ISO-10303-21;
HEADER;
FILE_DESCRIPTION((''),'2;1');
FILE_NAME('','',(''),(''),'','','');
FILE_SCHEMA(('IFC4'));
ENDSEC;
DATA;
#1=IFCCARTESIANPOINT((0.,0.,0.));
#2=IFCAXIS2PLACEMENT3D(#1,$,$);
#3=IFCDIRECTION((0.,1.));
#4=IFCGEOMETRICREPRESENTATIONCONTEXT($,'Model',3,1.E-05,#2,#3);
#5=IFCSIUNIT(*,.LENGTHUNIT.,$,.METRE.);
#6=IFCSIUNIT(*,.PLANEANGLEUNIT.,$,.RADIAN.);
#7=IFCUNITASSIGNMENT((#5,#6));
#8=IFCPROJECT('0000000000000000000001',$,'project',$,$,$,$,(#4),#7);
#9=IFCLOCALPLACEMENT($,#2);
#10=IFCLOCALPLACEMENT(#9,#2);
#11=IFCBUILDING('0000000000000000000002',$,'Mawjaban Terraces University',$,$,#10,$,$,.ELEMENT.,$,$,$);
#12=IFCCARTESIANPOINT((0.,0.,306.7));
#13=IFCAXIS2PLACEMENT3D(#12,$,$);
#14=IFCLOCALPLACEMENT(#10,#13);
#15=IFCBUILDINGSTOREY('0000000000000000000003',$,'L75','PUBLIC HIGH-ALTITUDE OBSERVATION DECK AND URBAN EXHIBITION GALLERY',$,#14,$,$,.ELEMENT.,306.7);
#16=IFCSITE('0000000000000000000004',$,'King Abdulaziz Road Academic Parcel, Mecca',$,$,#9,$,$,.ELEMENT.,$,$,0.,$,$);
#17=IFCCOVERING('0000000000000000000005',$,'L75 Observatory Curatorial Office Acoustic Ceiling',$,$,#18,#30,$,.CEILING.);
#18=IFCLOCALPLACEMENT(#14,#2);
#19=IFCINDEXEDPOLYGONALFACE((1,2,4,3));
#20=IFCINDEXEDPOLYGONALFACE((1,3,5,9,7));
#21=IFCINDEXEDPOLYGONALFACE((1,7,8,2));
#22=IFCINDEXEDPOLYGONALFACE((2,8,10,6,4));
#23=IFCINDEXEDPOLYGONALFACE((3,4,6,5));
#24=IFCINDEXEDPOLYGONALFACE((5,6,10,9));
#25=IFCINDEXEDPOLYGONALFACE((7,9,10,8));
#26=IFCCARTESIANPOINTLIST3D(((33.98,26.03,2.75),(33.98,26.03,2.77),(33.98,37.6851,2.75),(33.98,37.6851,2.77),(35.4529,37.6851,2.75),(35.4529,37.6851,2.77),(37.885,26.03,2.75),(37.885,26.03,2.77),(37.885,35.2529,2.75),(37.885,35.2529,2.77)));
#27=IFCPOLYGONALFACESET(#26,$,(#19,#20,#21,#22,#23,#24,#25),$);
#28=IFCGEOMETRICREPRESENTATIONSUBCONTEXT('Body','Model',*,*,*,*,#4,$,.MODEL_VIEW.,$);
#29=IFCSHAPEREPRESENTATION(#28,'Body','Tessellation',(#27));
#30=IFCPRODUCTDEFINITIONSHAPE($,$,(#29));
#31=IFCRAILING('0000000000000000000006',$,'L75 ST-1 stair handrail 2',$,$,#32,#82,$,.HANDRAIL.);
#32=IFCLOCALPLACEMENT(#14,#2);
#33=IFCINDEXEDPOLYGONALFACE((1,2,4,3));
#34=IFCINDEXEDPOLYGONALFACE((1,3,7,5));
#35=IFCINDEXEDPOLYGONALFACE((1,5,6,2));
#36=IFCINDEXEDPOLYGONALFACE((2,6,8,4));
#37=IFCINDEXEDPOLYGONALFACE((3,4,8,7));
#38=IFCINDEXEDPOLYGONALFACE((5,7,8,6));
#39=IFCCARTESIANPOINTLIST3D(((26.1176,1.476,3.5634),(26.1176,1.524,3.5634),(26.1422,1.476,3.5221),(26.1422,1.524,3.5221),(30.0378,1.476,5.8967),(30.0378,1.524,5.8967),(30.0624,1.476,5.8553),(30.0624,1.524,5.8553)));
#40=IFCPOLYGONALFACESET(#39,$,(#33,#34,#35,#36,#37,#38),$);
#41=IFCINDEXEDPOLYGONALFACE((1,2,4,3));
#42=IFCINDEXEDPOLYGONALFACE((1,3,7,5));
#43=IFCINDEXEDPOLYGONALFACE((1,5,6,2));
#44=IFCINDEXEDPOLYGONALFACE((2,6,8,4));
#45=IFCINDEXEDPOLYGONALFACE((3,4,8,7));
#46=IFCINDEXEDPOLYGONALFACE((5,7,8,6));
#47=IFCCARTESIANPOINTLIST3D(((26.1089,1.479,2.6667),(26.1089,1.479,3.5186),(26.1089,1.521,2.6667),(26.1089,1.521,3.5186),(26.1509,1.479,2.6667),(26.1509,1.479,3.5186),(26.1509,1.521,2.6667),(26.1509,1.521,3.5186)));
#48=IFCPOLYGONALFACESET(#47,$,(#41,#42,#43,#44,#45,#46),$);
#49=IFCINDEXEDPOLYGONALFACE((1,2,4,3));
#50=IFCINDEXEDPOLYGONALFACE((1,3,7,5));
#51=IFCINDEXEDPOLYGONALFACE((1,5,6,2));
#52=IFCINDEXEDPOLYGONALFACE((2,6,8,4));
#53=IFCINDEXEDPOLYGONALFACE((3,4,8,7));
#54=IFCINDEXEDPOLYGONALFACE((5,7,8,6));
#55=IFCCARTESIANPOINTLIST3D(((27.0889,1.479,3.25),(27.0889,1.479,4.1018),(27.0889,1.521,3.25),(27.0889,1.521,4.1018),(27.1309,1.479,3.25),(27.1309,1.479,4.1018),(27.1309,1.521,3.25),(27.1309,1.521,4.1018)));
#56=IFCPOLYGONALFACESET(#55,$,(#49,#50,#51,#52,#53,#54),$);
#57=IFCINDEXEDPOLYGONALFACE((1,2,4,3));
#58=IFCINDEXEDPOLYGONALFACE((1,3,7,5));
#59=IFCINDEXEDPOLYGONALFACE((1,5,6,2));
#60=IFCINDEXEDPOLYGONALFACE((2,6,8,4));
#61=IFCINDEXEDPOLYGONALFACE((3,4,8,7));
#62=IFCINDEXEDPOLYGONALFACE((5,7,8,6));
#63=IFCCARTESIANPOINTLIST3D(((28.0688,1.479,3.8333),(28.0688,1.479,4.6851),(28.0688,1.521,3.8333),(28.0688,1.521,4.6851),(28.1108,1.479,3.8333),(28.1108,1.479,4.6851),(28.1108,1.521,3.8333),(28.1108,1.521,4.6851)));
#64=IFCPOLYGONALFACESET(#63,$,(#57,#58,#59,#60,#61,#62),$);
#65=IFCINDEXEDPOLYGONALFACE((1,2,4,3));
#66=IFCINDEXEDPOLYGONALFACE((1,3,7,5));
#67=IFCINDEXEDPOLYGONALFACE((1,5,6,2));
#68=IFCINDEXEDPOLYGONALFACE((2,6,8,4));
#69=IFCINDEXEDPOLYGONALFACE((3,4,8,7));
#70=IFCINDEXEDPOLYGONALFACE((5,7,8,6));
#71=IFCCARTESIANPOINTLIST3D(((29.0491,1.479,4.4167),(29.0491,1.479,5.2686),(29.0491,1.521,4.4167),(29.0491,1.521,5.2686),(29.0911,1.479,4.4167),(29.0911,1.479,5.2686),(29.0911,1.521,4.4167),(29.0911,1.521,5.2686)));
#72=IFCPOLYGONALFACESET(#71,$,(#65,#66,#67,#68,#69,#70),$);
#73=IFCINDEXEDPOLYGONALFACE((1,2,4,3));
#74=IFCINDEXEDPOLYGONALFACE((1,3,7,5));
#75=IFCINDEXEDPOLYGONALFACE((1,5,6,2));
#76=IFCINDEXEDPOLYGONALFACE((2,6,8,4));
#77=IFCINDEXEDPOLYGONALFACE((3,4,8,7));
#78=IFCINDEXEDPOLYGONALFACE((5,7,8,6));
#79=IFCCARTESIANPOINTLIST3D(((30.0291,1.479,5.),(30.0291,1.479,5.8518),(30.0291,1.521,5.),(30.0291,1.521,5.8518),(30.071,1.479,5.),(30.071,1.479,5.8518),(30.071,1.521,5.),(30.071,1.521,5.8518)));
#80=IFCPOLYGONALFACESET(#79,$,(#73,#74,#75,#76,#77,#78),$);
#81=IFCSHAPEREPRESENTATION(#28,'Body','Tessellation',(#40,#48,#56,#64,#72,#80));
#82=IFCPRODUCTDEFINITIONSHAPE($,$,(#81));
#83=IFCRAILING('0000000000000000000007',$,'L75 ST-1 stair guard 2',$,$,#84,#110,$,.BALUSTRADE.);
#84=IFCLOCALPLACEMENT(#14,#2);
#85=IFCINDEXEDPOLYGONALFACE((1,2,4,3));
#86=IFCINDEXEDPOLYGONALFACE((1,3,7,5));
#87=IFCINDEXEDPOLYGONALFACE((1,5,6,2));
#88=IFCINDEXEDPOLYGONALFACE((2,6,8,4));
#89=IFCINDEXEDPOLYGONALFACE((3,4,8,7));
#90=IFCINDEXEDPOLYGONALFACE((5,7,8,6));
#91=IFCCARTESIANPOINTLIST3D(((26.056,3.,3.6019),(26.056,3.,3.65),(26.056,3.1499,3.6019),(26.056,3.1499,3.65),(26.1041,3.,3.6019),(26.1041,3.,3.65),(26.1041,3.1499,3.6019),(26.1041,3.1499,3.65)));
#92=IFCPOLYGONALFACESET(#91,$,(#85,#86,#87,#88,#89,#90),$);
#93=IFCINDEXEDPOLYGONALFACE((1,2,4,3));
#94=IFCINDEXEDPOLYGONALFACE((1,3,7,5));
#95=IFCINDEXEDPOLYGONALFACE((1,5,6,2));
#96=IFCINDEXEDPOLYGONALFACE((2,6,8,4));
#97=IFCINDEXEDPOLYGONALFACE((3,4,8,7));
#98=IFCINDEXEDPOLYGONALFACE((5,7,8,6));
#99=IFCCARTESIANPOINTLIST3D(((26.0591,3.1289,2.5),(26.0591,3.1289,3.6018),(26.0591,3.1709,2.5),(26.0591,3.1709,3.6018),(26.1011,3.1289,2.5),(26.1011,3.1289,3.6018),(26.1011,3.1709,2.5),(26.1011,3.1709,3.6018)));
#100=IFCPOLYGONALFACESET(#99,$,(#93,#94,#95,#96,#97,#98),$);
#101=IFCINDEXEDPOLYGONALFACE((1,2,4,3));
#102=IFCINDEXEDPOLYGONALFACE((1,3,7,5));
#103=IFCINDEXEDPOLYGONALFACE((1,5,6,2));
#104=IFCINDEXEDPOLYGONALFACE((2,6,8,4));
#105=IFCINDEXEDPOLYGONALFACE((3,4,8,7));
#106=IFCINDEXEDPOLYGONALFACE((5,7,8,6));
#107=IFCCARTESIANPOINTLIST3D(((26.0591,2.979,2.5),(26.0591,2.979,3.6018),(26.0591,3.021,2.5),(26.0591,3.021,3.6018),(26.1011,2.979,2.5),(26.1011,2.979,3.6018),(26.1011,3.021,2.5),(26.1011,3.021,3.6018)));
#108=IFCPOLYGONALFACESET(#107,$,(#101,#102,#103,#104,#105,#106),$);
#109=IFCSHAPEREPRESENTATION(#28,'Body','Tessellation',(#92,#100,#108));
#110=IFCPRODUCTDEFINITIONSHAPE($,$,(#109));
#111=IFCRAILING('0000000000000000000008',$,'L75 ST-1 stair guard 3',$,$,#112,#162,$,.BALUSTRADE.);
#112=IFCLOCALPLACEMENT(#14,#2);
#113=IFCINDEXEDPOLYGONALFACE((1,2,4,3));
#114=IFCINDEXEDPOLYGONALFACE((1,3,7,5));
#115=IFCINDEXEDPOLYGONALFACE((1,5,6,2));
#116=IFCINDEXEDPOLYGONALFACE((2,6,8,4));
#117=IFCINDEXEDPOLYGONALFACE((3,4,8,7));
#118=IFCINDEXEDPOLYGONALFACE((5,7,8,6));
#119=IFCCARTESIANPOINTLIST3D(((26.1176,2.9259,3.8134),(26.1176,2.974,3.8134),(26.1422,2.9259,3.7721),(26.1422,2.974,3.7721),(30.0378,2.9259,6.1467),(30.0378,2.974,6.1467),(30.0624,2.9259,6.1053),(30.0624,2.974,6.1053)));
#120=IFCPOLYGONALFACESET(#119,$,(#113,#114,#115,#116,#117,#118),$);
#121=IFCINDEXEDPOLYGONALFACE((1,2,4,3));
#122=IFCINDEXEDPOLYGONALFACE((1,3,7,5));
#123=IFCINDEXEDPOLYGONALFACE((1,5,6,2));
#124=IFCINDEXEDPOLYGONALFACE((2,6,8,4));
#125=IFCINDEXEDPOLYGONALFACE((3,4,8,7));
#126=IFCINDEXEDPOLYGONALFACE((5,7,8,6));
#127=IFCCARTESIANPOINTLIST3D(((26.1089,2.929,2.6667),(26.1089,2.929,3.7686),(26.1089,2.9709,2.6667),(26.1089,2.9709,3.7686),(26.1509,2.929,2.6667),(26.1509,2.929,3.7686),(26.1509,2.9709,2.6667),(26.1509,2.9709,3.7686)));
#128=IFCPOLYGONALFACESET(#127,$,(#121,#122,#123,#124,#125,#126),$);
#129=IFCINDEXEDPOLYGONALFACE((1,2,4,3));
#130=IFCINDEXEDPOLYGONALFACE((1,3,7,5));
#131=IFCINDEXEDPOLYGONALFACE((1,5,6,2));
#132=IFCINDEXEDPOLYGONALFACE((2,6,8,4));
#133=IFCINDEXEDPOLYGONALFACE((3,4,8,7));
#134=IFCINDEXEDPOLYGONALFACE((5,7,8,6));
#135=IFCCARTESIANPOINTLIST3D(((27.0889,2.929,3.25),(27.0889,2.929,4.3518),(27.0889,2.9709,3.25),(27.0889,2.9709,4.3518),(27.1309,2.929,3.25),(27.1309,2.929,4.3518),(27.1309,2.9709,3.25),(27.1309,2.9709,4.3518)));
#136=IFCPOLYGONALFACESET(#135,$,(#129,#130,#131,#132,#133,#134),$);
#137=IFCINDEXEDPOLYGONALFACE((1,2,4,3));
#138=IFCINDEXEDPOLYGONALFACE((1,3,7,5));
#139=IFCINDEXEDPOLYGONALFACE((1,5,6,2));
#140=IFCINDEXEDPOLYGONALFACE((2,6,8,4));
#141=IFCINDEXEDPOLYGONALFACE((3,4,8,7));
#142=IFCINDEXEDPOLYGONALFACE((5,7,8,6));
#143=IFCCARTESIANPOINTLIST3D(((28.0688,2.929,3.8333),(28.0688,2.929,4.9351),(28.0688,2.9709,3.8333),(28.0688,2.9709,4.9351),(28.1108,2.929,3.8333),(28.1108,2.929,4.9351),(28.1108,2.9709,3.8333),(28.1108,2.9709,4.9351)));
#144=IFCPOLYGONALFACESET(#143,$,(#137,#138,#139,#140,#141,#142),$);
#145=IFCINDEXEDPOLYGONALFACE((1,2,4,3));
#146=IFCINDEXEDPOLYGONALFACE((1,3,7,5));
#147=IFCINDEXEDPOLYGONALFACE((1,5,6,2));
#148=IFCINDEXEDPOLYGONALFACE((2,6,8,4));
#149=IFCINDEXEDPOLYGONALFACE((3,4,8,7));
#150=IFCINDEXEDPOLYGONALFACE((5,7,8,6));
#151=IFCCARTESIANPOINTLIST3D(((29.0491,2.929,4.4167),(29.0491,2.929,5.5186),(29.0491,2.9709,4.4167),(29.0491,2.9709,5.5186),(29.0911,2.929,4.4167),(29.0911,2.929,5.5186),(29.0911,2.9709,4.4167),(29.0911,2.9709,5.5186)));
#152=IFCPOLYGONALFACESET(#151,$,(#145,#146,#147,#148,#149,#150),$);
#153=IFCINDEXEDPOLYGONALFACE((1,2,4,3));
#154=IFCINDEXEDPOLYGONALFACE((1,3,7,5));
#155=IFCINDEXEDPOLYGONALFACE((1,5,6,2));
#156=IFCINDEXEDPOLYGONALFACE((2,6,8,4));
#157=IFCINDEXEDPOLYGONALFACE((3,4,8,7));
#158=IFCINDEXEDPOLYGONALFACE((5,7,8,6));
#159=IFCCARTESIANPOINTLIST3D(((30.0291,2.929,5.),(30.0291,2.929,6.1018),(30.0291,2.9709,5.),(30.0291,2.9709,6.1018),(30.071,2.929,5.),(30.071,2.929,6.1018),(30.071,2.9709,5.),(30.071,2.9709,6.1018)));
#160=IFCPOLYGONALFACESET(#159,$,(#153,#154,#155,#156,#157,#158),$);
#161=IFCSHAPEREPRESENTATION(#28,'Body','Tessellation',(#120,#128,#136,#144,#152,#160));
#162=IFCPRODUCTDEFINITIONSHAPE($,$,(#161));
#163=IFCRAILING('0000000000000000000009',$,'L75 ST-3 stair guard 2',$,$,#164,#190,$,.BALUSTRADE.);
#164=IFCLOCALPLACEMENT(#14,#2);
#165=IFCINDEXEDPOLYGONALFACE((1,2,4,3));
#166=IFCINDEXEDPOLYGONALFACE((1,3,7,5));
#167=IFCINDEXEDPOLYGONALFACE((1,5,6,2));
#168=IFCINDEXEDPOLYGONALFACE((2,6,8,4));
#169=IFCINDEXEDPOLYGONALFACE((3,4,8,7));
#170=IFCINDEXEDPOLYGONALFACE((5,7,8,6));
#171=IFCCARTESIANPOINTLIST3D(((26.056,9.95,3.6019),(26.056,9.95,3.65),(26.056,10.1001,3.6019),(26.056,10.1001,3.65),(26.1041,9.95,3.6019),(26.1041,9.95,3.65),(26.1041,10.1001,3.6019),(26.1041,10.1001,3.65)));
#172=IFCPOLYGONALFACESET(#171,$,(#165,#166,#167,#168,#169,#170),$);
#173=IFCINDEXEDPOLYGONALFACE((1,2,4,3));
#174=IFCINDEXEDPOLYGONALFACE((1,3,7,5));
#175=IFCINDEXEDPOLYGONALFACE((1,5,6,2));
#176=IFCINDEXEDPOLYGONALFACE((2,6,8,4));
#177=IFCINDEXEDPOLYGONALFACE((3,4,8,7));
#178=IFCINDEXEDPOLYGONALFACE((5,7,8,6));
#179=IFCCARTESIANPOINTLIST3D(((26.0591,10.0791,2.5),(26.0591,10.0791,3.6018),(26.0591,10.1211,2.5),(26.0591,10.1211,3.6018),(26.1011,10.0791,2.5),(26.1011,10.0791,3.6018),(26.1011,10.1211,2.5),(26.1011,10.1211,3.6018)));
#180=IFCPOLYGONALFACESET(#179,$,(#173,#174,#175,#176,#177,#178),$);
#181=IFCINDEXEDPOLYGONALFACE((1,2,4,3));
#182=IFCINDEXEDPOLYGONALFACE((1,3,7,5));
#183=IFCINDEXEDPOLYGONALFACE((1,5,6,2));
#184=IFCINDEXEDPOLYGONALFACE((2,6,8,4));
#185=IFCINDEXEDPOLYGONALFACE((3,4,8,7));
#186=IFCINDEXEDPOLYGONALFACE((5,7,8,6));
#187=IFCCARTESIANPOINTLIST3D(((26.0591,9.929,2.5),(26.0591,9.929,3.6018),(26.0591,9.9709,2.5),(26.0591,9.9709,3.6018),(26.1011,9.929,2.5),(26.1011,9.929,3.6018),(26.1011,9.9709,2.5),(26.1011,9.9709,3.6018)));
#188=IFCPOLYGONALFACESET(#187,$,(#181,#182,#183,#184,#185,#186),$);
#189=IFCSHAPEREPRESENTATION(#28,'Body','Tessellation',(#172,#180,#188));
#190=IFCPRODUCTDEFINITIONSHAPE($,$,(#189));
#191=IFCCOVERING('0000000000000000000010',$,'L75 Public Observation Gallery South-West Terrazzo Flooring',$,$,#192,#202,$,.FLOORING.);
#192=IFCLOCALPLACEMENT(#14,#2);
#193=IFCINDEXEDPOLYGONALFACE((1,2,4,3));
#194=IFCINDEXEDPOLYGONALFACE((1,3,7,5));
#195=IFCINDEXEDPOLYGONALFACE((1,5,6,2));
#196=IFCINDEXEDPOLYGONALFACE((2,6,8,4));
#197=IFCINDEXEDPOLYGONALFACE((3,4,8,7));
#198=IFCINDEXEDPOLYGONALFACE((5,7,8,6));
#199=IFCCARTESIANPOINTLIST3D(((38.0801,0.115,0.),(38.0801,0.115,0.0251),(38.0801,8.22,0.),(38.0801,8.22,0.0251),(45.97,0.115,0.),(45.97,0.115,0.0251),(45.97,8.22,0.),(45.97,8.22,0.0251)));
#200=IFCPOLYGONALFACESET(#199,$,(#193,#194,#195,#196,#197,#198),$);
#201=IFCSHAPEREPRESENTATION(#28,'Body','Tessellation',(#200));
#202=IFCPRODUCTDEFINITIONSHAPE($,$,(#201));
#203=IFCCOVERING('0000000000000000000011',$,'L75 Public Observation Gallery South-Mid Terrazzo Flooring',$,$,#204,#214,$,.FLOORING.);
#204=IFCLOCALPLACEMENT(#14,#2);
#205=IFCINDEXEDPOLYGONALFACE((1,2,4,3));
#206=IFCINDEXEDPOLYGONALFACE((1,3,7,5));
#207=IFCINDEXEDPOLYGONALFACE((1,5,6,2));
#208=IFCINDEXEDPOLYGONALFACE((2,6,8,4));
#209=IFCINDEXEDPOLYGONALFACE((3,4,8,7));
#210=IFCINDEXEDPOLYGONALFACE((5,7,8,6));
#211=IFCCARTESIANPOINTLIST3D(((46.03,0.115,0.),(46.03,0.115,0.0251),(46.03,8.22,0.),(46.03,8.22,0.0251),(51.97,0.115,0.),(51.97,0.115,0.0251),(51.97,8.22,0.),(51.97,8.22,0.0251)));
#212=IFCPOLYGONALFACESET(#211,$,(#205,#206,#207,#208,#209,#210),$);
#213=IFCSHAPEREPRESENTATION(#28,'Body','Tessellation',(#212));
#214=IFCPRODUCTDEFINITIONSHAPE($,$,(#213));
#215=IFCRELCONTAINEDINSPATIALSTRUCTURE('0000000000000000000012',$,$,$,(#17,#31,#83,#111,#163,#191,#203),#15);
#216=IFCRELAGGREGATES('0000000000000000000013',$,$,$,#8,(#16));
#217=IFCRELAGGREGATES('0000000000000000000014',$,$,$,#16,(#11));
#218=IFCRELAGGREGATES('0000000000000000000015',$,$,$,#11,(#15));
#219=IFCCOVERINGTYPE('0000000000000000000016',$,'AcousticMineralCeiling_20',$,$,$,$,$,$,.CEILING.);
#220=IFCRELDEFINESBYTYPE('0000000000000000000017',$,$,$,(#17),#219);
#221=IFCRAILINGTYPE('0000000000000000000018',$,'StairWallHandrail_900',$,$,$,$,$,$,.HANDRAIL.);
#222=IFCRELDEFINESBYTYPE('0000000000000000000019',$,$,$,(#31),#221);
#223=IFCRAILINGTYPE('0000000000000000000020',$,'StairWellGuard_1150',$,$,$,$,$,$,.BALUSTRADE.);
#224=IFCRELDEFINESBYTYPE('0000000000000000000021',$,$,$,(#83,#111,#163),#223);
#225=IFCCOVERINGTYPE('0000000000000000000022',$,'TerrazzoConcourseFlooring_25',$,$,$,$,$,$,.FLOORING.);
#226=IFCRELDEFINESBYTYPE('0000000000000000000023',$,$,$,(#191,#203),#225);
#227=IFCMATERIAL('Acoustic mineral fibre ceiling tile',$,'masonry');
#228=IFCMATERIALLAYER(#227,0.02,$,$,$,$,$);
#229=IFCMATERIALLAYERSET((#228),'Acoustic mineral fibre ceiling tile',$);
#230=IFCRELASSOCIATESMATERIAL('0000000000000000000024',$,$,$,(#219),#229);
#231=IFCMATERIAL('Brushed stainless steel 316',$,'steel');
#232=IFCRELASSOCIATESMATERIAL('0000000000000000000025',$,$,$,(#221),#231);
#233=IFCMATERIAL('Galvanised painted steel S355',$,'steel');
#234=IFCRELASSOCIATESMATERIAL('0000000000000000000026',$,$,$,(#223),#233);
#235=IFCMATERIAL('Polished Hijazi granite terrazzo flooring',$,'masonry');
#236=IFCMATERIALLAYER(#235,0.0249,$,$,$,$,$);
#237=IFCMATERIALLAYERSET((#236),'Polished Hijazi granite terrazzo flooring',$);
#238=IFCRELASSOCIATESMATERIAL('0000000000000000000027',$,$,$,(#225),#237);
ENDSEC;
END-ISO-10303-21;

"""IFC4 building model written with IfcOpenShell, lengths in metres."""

from ifc_helpers import new_model, si_unit, direction, frame, origin, origin_2d, place, context, subcontext, project, spatial, polyline, rectangle, outline, extrude, material, layer, layer_set, type_object, element, save


model = new_model("IFC4")

# Units and contexts
model_context = context("Model", 3, precision=1e-05, world=origin(), true_north=direction((0.0, 1.0)))
body_context = subcontext(model_context, "Body", "Model", "MODEL_VIEW")
ifc_project = project(units=[si_unit("LENGTHUNIT", "METRE"), si_unit("PLANEANGLEUNIT", "RADIAN")], contexts=[model_context])

# Site, building, storey
site_placement = place(None, origin())
site = spatial("IfcSite", under=ifc_project, at=site_placement, Name="King Abdulaziz Road Academic Parcel, Mecca", CompositionType="ELEMENT", RefElevation=0.0)
building_placement = place(site_placement, origin())
building = spatial("IfcBuilding", under=site, at=building_placement, Name="Mawjaban Terraces University", CompositionType="ELEMENT")
storey_placement = place(building_placement, frame((0.0, 0.0, 306.7)))
storey = spatial("IfcBuildingStorey", under=building, at=storey_placement, Name="L75", Description="PUBLIC HIGH-ALTITUDE OBSERVATION DECK AND URBAN EXHIBITION GALLERY", CompositionType="ELEMENT", Elevation=306.7)

# Covering
ifc_material_1 = material(Name="Acoustic mineral fibre ceiling tile", Category="masonry")
ifc_layer_1 = layer(ifc_material_1, 0.02)
ifc_layer_set_1 = layer_set([ifc_layer_1], Name="Acoustic mineral fibre ceiling tile")
covering_type_1 = type_object("IfcCoveringType", Name="AcousticMineralCeiling_20", PredefinedType="CEILING", material=ifc_layer_set_1)
covering_1_placement = place(storey_placement, frame((0.0, 0.0, 2.75)))
element("IfcCovering", 1, at=covering_1_placement, inside=storey, type_object=covering_type_1, Name="L75 Observatory Curatorial Office Acoustic Ceiling", PredefinedType="CEILING", context=body_context, shape_type="SweptSolid", body=[
    extrude(outline(polyline([(37.885, 26.03), (37.885, 35.2529), (35.4529, 37.6851), (33.98, 37.6851), (33.98, 26.03), (37.885, 26.03)])), origin(), (0.0, 0.0, 1.0), 0.02),
])

# Railings
ifc_material_2 = material(Name="Brushed stainless steel 316", Category="steel")
railing_type_1 = type_object("IfcRailingType", Name="StairWallHandrail_900", PredefinedType="HANDRAIL", material=ifc_material_2)
railing_1_placement = place(storey_placement, frame((26.1299, 1.5, 2.6667)))
element("IfcRailing", 2, at=railing_1_placement, inside=storey, type_object=railing_type_1, Name="L75 ST-1 stair handrail 2", PredefinedType="HANDRAIL", context=body_context, shape_type="SweptSolid", body=[
    extrude(rectangle(XDim=0.0481, YDim=0.0481, at=origin_2d()), frame((0.0, 0.0, 0.876), z_axis=(0.85931, 0.0, 0.511455), x_axis=(0.0, 1.0, 0.0)), (0.0, 0.0, 1.0), 4.562),
    extrude(rectangle(XDim=0.042, YDim=0.042, at=origin_2d()), origin(), (0.0, 0.0, 1.0), 0.8518),
    extrude(rectangle(XDim=0.042, YDim=0.042, at=origin_2d()), frame((0.98, 0.0, 0.5833)), (0.0, 0.0, 1.0), 0.8518),
    extrude(rectangle(XDim=0.042, YDim=0.042, at=origin_2d()), frame((1.96, 0.0, 1.1665)), (0.0, 0.0, 1.0), 0.8518),
    extrude(rectangle(XDim=0.042, YDim=0.042, at=origin_2d()), frame((2.9402, 0.0, 1.75)), (0.0, 0.0, 1.0), 0.8518),
    extrude(rectangle(XDim=0.042, YDim=0.042, at=origin_2d()), frame((3.9202, 0.0, 2.3333)), (0.0, 0.0, 1.0), 0.8518),
])
ifc_material_3 = material(Name="Galvanised painted steel S355", Category="steel")
railing_type_2 = type_object("IfcRailingType", Name="StairWellGuard_1150", PredefinedType="BALUSTRADE", material=ifc_material_3)
railing_2_placement = place(storey_placement, frame((26.0801, 3.1499, 2.5)))
element("IfcRailing", 3, at=railing_2_placement, inside=storey, type_object=railing_type_2, Name="L75 ST-1 stair guard 2", PredefinedType="BALUSTRADE", context=body_context, shape_type="SweptSolid", body=[
    extrude(rectangle(XDim=0.0481, YDim=0.0481, at=origin_2d()), frame((0.0, 0.0, 1.126), z_axis=(0.0, -1.0, 0.0), x_axis=(1.0, 0.0, 0.0)), (0.0, 0.0, 1.0), 0.1499),
    extrude(rectangle(XDim=0.042, YDim=0.042, at=origin_2d()), origin(), (0.0, 0.0, 1.0), 1.1018),
    extrude(rectangle(XDim=0.042, YDim=0.042, at=origin_2d()), frame((0.0, -0.1499, 0.0)), (0.0, 0.0, 1.0), 1.1018),
])
railing_3_placement = place(storey_placement, frame((26.1299, 2.95, 2.6667)))
element("IfcRailing", 4, at=railing_3_placement, inside=storey, type_object=railing_type_2, Name="L75 ST-1 stair guard 3", PredefinedType="BALUSTRADE", context=body_context, shape_type="SweptSolid", body=[
    extrude(rectangle(XDim=0.0481, YDim=0.0481, at=origin_2d()), frame((0.0, 0.0, 1.126), z_axis=(0.85931, 0.0, 0.511455), x_axis=(0.0, 1.0, 0.0)), (0.0, 0.0, 1.0), 4.562),
    extrude(rectangle(XDim=0.042, YDim=0.042, at=origin_2d()), origin(), (0.0, 0.0, 1.0), 1.1018),
    extrude(rectangle(XDim=0.042, YDim=0.042, at=origin_2d()), frame((0.98, 0.0, 0.5833)), (0.0, 0.0, 1.0), 1.1018),
    extrude(rectangle(XDim=0.042, YDim=0.042, at=origin_2d()), frame((1.96, 0.0, 1.1665)), (0.0, 0.0, 1.0), 1.1018),
    extrude(rectangle(XDim=0.042, YDim=0.042, at=origin_2d()), frame((2.9402, 0.0, 1.75)), (0.0, 0.0, 1.0), 1.1018),
    extrude(rectangle(XDim=0.042, YDim=0.042, at=origin_2d()), frame((3.9202, 0.0, 2.3333)), (0.0, 0.0, 1.0), 1.1018),
])
railing_4_placement = place(storey_placement, frame((26.0801, 10.1001, 2.5)))
element("IfcRailing", 5, at=railing_4_placement, inside=storey, type_object=railing_type_2, Name="L75 ST-3 stair guard 2", PredefinedType="BALUSTRADE", context=body_context, shape_type="SweptSolid", body=[
    extrude(rectangle(XDim=0.0481, YDim=0.0481, at=origin_2d()), frame((0.0, 0.0, 1.126), z_axis=(0.0, -1.0, 0.0), x_axis=(1.0, 0.0, 0.0)), (0.0, 0.0, 1.0), 0.1501),
    extrude(rectangle(XDim=0.042, YDim=0.042, at=origin_2d()), origin(), (0.0, 0.0, 1.0), 1.1018),
    extrude(rectangle(XDim=0.042, YDim=0.042, at=origin_2d()), frame((0.0, -0.1501, 0.0)), (0.0, 0.0, 1.0), 1.1018),
])

# Coverings
ifc_material_4 = material(Name="Polished Hijazi granite terrazzo flooring", Category="masonry")
ifc_layer_2 = layer(ifc_material_4, 0.0249)
ifc_layer_set_2 = layer_set([ifc_layer_2], Name="Polished Hijazi granite terrazzo flooring")
covering_type_2 = type_object("IfcCoveringType", Name="TerrazzoConcourseFlooring_25", PredefinedType="FLOORING", material=ifc_layer_set_2)
covering_2_placement = place(storey_placement, origin())
element("IfcCovering", 6, at=covering_2_placement, inside=storey, type_object=covering_type_2, Name="L75 Public Observation Gallery South-West Terrazzo Flooring", PredefinedType="FLOORING", context=body_context, shape_type="SweptSolid", body=[
    extrude(outline(polyline([(45.97, 0.115), (45.97, 8.22), (38.0801, 8.22), (38.0801, 0.115), (45.97, 0.115)])), origin(), (0.0, 0.0, 1.0), 0.0251),
])
covering_3_placement = place(storey_placement, origin())
element("IfcCovering", 7, at=covering_3_placement, inside=storey, type_object=covering_type_2, Name="L75 Public Observation Gallery South-Mid Terrazzo Flooring", PredefinedType="FLOORING", context=body_context, shape_type="SweptSolid", body=[
    extrude(outline(polyline([(46.03, 0.115), (51.97, 0.115), (51.97, 8.22), (46.03, 8.22), (46.03, 0.115)])), origin(), (0.0, 0.0, 1.0), 0.0251),
])

save(model, "model.ifc")
